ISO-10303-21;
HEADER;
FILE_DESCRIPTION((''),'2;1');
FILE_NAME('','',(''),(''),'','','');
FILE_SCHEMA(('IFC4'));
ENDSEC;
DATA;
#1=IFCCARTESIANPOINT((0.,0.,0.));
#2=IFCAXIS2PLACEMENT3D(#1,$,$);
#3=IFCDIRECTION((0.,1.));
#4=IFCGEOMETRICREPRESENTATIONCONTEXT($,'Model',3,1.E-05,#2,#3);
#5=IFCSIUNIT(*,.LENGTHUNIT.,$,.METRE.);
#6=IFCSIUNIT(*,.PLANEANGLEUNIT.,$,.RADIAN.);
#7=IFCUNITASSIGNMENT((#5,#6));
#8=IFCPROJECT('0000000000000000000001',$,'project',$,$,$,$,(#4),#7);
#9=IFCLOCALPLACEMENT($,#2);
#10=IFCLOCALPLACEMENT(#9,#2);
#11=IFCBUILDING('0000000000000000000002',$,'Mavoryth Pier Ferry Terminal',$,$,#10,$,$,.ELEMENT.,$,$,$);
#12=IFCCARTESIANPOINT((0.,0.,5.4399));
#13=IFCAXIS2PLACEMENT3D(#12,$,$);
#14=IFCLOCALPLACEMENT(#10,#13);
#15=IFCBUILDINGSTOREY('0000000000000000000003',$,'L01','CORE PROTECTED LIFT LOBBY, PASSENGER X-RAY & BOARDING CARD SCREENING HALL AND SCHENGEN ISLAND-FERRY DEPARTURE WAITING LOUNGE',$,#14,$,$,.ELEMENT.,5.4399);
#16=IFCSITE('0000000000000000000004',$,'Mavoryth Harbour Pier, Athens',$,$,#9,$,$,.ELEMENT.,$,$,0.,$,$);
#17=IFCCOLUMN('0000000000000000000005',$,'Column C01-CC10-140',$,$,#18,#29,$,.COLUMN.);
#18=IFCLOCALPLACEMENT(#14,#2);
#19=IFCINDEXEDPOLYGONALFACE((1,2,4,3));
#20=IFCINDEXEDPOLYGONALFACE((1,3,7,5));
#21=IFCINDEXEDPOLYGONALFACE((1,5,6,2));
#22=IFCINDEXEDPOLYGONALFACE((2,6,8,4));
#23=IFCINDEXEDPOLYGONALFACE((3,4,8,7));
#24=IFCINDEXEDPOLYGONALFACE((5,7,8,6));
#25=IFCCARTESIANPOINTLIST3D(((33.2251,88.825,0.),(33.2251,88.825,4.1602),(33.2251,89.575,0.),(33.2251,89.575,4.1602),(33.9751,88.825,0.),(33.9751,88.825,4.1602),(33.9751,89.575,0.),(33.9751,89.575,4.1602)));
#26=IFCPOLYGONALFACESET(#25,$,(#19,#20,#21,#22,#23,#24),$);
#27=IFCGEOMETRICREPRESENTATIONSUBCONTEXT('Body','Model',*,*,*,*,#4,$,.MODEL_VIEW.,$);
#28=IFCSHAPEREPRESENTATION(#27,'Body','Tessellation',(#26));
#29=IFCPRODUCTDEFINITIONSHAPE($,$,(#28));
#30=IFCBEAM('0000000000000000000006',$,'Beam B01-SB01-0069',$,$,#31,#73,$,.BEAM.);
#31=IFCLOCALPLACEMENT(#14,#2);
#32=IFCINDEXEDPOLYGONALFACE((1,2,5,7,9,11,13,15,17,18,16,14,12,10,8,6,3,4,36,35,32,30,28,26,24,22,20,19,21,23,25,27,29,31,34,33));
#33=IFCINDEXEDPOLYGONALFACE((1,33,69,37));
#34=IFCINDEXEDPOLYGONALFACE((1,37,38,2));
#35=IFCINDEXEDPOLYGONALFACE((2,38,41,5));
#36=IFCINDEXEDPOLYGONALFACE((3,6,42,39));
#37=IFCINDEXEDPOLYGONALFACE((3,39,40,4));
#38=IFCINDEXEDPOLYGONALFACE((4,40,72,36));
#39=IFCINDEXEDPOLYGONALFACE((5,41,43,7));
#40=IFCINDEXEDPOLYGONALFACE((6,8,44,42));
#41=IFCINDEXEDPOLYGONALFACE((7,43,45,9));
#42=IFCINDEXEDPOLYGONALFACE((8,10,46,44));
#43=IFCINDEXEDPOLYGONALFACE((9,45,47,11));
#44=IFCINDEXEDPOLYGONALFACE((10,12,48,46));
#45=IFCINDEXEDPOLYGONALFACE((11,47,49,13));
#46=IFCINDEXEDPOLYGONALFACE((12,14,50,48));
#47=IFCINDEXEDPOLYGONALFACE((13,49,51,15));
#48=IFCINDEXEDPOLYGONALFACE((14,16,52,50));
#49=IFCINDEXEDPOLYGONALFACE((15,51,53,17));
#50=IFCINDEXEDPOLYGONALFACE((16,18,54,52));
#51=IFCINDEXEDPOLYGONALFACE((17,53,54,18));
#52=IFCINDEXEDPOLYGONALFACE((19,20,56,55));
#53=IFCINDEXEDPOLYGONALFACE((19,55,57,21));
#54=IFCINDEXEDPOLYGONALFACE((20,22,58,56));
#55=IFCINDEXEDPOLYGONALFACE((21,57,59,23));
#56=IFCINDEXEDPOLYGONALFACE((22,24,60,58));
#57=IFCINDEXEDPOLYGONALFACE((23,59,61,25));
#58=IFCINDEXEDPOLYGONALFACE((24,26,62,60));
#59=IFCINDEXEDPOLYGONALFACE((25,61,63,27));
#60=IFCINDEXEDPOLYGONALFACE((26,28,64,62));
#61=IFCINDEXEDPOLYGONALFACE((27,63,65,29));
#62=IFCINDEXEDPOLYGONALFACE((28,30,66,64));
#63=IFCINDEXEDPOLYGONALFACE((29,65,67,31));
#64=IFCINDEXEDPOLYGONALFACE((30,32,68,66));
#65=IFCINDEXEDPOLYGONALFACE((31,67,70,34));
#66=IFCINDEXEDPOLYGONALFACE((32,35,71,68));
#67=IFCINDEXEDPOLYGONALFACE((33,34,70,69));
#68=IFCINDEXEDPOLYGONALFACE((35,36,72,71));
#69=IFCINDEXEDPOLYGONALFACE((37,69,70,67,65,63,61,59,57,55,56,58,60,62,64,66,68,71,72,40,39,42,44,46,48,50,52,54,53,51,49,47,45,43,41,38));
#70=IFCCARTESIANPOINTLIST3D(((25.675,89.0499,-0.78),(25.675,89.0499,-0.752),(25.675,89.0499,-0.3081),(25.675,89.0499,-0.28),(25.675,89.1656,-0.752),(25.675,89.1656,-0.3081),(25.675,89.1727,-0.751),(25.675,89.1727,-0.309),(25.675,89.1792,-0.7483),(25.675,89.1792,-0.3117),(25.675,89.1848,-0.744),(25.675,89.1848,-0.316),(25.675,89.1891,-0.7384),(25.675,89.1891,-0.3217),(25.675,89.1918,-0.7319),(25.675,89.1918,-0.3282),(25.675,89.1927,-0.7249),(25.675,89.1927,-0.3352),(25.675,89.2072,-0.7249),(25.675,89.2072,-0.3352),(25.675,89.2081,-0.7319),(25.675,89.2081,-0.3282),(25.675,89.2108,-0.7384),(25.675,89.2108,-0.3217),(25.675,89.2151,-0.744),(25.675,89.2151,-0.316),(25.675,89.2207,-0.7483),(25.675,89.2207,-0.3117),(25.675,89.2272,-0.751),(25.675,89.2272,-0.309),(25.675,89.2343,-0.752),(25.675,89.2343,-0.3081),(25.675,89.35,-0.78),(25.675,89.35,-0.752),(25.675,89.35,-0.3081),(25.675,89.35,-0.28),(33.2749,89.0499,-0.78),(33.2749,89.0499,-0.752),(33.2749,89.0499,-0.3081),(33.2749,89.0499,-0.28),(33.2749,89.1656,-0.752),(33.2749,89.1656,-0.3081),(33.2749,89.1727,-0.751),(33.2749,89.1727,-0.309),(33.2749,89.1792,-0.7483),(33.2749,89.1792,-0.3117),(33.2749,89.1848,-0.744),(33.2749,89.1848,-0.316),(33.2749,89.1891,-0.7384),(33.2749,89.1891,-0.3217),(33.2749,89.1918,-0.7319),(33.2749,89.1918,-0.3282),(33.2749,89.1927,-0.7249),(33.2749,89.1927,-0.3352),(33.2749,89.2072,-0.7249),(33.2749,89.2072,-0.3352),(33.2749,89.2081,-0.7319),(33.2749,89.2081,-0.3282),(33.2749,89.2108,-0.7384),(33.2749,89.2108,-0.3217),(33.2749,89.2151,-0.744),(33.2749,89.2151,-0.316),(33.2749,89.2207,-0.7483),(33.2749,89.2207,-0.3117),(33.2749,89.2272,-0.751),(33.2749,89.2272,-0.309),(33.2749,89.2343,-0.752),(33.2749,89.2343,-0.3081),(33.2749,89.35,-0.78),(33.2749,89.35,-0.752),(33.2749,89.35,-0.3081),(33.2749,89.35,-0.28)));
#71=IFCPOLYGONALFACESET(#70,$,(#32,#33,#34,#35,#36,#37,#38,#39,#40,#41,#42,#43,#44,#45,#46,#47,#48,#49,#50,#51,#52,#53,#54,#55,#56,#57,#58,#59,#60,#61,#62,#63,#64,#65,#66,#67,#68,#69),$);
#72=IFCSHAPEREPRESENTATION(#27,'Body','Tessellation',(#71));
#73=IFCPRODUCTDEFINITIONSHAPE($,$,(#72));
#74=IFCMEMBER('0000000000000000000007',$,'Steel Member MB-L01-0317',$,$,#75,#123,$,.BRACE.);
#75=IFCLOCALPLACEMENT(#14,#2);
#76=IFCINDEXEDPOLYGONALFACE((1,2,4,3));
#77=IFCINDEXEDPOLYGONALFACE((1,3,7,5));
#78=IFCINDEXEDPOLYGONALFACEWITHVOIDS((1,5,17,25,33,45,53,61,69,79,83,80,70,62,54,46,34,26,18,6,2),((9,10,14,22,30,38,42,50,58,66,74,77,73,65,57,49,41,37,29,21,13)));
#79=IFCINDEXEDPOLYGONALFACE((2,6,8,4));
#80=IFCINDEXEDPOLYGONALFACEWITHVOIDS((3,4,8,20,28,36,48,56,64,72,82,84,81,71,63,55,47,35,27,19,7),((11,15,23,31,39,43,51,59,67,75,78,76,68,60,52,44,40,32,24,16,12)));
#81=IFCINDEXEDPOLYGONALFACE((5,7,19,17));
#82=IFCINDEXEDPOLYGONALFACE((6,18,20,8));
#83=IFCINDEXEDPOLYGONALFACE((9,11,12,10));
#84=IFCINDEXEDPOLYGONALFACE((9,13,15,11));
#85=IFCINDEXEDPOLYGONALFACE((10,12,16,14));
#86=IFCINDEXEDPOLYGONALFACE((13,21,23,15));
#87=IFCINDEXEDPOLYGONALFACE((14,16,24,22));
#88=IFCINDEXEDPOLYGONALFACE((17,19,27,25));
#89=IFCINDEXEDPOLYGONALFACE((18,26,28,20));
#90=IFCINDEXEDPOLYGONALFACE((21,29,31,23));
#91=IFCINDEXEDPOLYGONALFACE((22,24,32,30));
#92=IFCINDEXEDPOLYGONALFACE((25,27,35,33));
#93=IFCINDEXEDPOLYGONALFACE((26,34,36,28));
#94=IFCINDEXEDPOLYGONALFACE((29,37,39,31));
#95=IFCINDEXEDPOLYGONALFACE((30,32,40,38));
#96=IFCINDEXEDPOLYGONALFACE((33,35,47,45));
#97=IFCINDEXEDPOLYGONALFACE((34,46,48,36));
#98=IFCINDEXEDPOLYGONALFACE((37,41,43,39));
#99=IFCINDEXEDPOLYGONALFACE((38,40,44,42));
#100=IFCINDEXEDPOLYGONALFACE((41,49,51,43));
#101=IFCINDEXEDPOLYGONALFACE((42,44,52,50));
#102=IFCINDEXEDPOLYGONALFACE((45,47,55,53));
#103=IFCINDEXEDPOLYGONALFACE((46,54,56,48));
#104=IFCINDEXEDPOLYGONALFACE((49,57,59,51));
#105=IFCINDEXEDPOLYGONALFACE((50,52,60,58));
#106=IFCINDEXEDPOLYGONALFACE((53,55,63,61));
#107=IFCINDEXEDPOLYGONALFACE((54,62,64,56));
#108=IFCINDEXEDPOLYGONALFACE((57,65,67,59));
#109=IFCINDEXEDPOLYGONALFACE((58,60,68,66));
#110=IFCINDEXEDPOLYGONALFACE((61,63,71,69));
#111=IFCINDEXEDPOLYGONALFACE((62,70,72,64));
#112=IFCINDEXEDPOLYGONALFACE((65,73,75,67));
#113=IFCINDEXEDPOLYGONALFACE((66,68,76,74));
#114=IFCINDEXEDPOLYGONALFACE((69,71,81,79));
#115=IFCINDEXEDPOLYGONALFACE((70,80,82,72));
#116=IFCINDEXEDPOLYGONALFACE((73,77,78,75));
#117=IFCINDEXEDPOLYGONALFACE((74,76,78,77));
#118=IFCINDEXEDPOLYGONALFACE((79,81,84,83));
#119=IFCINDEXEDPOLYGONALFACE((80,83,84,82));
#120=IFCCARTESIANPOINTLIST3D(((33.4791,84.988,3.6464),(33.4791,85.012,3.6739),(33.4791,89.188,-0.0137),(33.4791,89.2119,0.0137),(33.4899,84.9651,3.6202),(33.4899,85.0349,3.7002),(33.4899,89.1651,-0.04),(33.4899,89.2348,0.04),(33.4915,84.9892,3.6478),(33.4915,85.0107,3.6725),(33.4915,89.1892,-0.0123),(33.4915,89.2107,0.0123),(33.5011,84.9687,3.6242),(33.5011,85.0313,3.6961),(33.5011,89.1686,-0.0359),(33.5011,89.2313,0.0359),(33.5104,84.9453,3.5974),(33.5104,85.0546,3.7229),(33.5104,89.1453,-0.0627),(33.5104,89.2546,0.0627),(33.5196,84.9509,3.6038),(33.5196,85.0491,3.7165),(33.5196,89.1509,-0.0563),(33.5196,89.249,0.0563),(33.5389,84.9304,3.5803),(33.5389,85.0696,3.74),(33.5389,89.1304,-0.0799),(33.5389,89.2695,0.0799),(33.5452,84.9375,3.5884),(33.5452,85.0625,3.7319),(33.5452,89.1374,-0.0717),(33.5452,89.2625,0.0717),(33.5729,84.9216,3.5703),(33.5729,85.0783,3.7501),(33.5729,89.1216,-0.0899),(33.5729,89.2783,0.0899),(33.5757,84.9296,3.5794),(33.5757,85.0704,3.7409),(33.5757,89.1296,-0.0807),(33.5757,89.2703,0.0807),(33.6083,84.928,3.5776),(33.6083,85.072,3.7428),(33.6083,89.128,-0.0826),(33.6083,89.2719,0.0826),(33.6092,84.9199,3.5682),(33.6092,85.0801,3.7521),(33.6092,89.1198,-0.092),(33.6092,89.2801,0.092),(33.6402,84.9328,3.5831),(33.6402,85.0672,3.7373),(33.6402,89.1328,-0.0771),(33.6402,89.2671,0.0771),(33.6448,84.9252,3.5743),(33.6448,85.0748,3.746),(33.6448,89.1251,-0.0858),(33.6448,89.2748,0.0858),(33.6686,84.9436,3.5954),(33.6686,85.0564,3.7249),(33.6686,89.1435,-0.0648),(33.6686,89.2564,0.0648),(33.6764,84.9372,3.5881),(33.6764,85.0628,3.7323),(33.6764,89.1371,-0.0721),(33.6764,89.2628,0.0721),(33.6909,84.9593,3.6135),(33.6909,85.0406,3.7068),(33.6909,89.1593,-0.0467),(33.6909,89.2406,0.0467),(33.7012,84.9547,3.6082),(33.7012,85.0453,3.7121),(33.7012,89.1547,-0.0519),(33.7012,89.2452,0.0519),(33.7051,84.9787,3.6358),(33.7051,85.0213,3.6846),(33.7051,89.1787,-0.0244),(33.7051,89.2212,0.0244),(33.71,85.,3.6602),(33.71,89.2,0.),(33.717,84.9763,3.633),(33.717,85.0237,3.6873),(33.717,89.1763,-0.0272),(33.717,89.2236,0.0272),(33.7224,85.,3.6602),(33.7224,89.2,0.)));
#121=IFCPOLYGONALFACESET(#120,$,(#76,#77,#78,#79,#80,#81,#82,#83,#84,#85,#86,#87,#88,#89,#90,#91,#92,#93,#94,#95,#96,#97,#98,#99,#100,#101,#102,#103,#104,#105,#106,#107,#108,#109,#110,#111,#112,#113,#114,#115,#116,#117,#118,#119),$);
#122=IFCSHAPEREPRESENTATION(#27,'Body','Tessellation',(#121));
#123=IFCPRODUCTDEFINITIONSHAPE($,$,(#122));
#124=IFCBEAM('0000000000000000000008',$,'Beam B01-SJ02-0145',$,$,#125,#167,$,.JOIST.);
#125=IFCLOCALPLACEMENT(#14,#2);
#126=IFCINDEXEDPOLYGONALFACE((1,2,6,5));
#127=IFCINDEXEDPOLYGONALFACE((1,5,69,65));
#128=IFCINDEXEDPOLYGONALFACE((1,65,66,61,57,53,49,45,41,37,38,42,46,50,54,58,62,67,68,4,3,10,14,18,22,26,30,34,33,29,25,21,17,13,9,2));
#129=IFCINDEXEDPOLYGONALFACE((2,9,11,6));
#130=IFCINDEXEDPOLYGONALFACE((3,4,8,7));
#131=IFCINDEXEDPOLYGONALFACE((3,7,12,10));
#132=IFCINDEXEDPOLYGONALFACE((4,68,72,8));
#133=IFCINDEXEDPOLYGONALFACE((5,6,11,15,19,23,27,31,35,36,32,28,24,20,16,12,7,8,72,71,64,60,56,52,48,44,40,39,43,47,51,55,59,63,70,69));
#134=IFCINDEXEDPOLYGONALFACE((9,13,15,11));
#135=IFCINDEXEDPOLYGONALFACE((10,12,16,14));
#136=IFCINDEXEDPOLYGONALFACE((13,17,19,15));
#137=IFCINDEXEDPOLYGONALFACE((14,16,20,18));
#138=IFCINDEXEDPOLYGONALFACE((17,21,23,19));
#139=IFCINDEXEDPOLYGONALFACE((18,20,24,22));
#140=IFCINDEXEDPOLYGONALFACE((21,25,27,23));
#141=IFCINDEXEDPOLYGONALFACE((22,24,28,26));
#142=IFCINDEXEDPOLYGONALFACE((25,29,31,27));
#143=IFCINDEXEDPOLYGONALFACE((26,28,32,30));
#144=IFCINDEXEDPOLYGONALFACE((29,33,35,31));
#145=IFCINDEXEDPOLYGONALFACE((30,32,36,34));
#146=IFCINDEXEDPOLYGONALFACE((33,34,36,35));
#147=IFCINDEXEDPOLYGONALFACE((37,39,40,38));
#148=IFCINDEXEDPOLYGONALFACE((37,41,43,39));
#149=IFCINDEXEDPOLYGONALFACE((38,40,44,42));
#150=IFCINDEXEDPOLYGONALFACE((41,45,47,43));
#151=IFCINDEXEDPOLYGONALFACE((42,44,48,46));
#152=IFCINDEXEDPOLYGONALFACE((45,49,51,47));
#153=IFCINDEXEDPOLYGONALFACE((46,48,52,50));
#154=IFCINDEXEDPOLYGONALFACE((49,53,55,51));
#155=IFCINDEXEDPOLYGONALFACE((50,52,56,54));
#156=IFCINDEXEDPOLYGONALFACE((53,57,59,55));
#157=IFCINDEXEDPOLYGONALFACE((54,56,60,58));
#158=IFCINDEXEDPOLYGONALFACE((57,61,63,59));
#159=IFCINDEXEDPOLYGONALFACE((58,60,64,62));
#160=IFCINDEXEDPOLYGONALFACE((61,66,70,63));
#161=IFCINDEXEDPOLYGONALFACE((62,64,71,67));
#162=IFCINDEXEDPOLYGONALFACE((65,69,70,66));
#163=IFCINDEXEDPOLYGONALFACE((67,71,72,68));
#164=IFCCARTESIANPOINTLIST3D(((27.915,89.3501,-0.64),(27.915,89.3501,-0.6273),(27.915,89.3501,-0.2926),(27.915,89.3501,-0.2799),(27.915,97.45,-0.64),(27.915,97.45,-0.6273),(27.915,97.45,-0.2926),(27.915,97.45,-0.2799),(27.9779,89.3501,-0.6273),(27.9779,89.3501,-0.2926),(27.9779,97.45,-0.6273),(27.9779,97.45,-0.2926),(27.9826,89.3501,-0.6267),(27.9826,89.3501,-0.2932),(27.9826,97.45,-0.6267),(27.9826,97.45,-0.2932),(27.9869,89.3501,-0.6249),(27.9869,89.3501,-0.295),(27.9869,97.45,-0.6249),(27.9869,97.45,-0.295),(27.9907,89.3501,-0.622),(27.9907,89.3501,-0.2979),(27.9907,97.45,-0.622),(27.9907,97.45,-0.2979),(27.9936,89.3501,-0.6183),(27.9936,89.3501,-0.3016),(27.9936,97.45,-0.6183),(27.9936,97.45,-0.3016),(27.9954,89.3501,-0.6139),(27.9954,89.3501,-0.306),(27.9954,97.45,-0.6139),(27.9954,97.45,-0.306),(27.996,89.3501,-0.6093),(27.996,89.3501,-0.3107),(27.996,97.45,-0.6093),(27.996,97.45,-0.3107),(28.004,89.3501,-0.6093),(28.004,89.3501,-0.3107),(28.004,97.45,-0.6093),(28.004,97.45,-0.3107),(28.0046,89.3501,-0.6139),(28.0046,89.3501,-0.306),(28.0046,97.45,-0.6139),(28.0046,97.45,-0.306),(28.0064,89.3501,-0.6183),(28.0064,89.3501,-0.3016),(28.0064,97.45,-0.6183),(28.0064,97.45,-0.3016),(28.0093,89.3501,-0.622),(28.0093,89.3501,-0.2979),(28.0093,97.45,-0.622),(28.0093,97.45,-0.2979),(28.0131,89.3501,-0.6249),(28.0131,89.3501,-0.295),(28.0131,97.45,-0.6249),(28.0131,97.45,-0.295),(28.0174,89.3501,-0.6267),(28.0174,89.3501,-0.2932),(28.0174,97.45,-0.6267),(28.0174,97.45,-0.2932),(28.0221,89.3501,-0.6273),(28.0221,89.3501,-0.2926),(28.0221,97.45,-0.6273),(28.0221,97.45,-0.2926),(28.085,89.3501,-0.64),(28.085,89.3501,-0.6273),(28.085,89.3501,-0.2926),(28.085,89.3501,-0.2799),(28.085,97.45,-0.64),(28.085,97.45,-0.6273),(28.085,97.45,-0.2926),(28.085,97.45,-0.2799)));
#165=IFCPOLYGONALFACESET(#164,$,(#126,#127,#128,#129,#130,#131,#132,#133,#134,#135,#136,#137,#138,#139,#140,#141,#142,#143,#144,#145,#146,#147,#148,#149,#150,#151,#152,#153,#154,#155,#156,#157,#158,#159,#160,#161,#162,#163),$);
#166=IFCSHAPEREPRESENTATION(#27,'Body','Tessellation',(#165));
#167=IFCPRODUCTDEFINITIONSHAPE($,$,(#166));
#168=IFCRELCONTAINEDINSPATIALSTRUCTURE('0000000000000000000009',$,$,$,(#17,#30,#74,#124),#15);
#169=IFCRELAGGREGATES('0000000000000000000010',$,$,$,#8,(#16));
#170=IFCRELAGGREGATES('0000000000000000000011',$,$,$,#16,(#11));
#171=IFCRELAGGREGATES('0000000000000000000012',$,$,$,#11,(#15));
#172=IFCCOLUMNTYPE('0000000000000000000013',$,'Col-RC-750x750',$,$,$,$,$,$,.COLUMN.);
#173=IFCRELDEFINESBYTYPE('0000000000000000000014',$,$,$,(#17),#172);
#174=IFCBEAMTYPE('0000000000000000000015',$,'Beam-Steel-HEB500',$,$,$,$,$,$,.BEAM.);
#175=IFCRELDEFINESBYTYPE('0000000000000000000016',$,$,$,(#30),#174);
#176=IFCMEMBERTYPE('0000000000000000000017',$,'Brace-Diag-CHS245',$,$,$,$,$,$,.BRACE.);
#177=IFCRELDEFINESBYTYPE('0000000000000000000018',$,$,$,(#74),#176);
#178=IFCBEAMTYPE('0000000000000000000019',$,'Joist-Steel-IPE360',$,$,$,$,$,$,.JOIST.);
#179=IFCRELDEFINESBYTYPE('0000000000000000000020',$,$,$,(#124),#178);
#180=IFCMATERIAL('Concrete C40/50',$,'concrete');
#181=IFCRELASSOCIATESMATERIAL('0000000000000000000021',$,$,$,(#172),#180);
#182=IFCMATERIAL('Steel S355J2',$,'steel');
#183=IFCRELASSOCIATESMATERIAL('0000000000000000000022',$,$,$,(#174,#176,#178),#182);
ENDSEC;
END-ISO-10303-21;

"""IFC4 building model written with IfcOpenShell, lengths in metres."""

from ifc_helpers import new_model, si_unit, direction, frame, origin, origin_2d, place, context, subcontext, project, spatial, rectangle, hollow_circle, i_section, extrude, material, material_profile, profile_set, type_object, element, save


model = new_model("IFC4")

# Units and contexts
model_context = context("Model", 3, precision=1e-05, world=origin(), true_north=direction((0.0, 1.0)))
body_context = subcontext(model_context, "Body", "Model", "MODEL_VIEW")
ifc_project = project(units=[si_unit("LENGTHUNIT", "METRE"), si_unit("PLANEANGLEUNIT", "RADIAN")], contexts=[model_context])

# Site, building, storey
site_placement = place(None, origin())
site = spatial("IfcSite", under=ifc_project, at=site_placement, Name="Mavoryth Harbour Pier, Athens", CompositionType="ELEMENT", RefElevation=0.0)
building_placement = place(site_placement, origin())
building = spatial("IfcBuilding", under=site, at=building_placement, Name="Mavoryth Pier Ferry Terminal", CompositionType="ELEMENT")
storey_placement = place(building_placement, frame((0.0, 0.0, 5.4399)))
storey = spatial("IfcBuildingStorey", under=building, at=storey_placement, Name="L01", Description="CORE PROTECTED LIFT LOBBY, PASSENGER X-RAY & BOARDING CARD SCREENING HALL AND SCHENGEN ISLAND-FERRY DEPARTURE WAITING LOUNGE", CompositionType="ELEMENT", Elevation=5.4399)

# Column
ifc_material_1 = material(Name="Concrete C40/50", Category="concrete")
ifc_material_profile_1 = material_profile(ifc_material_1, rectangle(XDim=0.75, YDim=0.75, at=origin_2d()), Name="RC 750x750", Category="concrete")
ifc_profile_set_1 = profile_set([ifc_material_profile_1], Name="Concrete C40/50 - RC 750x750")
column_type = type_object("IfcColumnType", Name="Col-RC-750x750", PredefinedType="COLUMN", material=ifc_profile_set_1)
column_placement = place(storey_placement, frame((33.6001, 89.2, 0.0), z_axis=(0.0, 0.0, 1.0), x_axis=(1.0, 0.0, 0.0)))
element("IfcColumn", 1, at=column_placement, inside=storey, type_object=column_type, Name="Column C01-CC10-140", PredefinedType="COLUMN", context=body_context, shape_type="SweptSolid", body=[
    extrude(rectangle(XDim=0.75, YDim=0.75, at=origin_2d()), origin(), (0.0, 0.0, 1.0), 4.1602),
])

# Beam
ifc_material_2 = material(Name="Steel S355J2", Category="steel")
ifc_material_profile_2 = material_profile(ifc_material_2, i_section(OverallWidth=0.3, OverallDepth=0.5, WebThickness=0.0144, FlangeThickness=0.0281, FilletRadius=0.0271, at=origin_2d()), Name="HEB 500", Category="steel")
ifc_profile_set_2 = profile_set([ifc_material_profile_2], Name="Steel S355J2 - HEB 500")
beam_type_1 = type_object("IfcBeamType", Name="Beam-Steel-HEB500", PredefinedType="BEAM", material=ifc_profile_set_2)
beam_1_placement = place(storey_placement, frame((25.675, 89.2, -0.53), z_axis=(1.0, 0.0, 0.0), x_axis=(0.0, 1.0, 0.0)))
element("IfcBeam", 2, at=beam_1_placement, inside=storey, type_object=beam_type_1, Name="Beam B01-SB01-0069", PredefinedType="BEAM", context=body_context, shape_type="SweptSolid", body=[
    extrude(i_section(OverallWidth=0.3, OverallDepth=0.5, WebThickness=0.0144, FlangeThickness=0.0281, FilletRadius=0.0271, at=origin_2d()), origin(), (0.0, 0.0, 1.0), 7.5999),
])

# Member
ifc_material_profile_3 = material_profile(ifc_material_2, hollow_circle(Radius=0.1223, WallThickness=0.0125, at=origin_2d()), Name="CHS 244.5x12.5", Category="steel")
ifc_profile_set_3 = profile_set([ifc_material_profile_3], Name="Steel S355J2 - CHS 244.5x12.5")
member_type_1 = type_object("IfcMemberType", Name="Brace-Diag-CHS245", PredefinedType="BRACE", material=ifc_profile_set_3)
member_1_placement = place(storey_placement, frame((33.6001, 89.2, 0.0), z_axis=(0.0, -0.753892, 0.656999), x_axis=(1.0, 0.0, 0.0)))
element("IfcMember", 3, at=member_1_placement, inside=storey, type_object=member_type_1, Name="Steel Member MB-L01-0317", PredefinedType="BRACE", context=body_context, shape_type="SweptSolid", body=[
    extrude(hollow_circle(Radius=0.1223, WallThickness=0.0125, at=origin_2d()), origin(), (0.0, 0.0, 1.0), 5.571),
])

# Beam
ifc_material_profile_4 = material_profile(ifc_material_2, i_section(OverallWidth=0.1699, OverallDepth=0.3601, WebThickness=0.0081, FlangeThickness=0.0127, FilletRadius=0.0181, at=origin_2d()), Name="IPE 360", Category="steel")
ifc_profile_set_4 = profile_set([ifc_material_profile_4], Name="Steel S355J2 - IPE 360")
beam_type_2 = type_object("IfcBeamType", Name="Joist-Steel-IPE360", PredefinedType="JOIST", material=ifc_profile_set_4)
for number, where, z_axis, x_axis, name in (
    (4, (28.0, 89.3501, -0.46), (0.0, 1.0, 0.0), (-1.0, 0.0, 0.0), "Beam B01-SJ02-0145"),
):
    element("IfcBeam", number, at=place(storey_placement, frame(where, z_axis=z_axis, x_axis=x_axis)), inside=storey, type_object=beam_type_2, Name=name, PredefinedType="JOIST", context=body_context, shape_type="SweptSolid", body=[
        extrude(i_section(OverallWidth=0.1699, OverallDepth=0.3601, WebThickness=0.0081, FlangeThickness=0.0127, FilletRadius=0.0181, at=origin_2d()), origin(), (0.0, 0.0, 1.0), 8.0999),
    ])

save(model, "model.ifc")
